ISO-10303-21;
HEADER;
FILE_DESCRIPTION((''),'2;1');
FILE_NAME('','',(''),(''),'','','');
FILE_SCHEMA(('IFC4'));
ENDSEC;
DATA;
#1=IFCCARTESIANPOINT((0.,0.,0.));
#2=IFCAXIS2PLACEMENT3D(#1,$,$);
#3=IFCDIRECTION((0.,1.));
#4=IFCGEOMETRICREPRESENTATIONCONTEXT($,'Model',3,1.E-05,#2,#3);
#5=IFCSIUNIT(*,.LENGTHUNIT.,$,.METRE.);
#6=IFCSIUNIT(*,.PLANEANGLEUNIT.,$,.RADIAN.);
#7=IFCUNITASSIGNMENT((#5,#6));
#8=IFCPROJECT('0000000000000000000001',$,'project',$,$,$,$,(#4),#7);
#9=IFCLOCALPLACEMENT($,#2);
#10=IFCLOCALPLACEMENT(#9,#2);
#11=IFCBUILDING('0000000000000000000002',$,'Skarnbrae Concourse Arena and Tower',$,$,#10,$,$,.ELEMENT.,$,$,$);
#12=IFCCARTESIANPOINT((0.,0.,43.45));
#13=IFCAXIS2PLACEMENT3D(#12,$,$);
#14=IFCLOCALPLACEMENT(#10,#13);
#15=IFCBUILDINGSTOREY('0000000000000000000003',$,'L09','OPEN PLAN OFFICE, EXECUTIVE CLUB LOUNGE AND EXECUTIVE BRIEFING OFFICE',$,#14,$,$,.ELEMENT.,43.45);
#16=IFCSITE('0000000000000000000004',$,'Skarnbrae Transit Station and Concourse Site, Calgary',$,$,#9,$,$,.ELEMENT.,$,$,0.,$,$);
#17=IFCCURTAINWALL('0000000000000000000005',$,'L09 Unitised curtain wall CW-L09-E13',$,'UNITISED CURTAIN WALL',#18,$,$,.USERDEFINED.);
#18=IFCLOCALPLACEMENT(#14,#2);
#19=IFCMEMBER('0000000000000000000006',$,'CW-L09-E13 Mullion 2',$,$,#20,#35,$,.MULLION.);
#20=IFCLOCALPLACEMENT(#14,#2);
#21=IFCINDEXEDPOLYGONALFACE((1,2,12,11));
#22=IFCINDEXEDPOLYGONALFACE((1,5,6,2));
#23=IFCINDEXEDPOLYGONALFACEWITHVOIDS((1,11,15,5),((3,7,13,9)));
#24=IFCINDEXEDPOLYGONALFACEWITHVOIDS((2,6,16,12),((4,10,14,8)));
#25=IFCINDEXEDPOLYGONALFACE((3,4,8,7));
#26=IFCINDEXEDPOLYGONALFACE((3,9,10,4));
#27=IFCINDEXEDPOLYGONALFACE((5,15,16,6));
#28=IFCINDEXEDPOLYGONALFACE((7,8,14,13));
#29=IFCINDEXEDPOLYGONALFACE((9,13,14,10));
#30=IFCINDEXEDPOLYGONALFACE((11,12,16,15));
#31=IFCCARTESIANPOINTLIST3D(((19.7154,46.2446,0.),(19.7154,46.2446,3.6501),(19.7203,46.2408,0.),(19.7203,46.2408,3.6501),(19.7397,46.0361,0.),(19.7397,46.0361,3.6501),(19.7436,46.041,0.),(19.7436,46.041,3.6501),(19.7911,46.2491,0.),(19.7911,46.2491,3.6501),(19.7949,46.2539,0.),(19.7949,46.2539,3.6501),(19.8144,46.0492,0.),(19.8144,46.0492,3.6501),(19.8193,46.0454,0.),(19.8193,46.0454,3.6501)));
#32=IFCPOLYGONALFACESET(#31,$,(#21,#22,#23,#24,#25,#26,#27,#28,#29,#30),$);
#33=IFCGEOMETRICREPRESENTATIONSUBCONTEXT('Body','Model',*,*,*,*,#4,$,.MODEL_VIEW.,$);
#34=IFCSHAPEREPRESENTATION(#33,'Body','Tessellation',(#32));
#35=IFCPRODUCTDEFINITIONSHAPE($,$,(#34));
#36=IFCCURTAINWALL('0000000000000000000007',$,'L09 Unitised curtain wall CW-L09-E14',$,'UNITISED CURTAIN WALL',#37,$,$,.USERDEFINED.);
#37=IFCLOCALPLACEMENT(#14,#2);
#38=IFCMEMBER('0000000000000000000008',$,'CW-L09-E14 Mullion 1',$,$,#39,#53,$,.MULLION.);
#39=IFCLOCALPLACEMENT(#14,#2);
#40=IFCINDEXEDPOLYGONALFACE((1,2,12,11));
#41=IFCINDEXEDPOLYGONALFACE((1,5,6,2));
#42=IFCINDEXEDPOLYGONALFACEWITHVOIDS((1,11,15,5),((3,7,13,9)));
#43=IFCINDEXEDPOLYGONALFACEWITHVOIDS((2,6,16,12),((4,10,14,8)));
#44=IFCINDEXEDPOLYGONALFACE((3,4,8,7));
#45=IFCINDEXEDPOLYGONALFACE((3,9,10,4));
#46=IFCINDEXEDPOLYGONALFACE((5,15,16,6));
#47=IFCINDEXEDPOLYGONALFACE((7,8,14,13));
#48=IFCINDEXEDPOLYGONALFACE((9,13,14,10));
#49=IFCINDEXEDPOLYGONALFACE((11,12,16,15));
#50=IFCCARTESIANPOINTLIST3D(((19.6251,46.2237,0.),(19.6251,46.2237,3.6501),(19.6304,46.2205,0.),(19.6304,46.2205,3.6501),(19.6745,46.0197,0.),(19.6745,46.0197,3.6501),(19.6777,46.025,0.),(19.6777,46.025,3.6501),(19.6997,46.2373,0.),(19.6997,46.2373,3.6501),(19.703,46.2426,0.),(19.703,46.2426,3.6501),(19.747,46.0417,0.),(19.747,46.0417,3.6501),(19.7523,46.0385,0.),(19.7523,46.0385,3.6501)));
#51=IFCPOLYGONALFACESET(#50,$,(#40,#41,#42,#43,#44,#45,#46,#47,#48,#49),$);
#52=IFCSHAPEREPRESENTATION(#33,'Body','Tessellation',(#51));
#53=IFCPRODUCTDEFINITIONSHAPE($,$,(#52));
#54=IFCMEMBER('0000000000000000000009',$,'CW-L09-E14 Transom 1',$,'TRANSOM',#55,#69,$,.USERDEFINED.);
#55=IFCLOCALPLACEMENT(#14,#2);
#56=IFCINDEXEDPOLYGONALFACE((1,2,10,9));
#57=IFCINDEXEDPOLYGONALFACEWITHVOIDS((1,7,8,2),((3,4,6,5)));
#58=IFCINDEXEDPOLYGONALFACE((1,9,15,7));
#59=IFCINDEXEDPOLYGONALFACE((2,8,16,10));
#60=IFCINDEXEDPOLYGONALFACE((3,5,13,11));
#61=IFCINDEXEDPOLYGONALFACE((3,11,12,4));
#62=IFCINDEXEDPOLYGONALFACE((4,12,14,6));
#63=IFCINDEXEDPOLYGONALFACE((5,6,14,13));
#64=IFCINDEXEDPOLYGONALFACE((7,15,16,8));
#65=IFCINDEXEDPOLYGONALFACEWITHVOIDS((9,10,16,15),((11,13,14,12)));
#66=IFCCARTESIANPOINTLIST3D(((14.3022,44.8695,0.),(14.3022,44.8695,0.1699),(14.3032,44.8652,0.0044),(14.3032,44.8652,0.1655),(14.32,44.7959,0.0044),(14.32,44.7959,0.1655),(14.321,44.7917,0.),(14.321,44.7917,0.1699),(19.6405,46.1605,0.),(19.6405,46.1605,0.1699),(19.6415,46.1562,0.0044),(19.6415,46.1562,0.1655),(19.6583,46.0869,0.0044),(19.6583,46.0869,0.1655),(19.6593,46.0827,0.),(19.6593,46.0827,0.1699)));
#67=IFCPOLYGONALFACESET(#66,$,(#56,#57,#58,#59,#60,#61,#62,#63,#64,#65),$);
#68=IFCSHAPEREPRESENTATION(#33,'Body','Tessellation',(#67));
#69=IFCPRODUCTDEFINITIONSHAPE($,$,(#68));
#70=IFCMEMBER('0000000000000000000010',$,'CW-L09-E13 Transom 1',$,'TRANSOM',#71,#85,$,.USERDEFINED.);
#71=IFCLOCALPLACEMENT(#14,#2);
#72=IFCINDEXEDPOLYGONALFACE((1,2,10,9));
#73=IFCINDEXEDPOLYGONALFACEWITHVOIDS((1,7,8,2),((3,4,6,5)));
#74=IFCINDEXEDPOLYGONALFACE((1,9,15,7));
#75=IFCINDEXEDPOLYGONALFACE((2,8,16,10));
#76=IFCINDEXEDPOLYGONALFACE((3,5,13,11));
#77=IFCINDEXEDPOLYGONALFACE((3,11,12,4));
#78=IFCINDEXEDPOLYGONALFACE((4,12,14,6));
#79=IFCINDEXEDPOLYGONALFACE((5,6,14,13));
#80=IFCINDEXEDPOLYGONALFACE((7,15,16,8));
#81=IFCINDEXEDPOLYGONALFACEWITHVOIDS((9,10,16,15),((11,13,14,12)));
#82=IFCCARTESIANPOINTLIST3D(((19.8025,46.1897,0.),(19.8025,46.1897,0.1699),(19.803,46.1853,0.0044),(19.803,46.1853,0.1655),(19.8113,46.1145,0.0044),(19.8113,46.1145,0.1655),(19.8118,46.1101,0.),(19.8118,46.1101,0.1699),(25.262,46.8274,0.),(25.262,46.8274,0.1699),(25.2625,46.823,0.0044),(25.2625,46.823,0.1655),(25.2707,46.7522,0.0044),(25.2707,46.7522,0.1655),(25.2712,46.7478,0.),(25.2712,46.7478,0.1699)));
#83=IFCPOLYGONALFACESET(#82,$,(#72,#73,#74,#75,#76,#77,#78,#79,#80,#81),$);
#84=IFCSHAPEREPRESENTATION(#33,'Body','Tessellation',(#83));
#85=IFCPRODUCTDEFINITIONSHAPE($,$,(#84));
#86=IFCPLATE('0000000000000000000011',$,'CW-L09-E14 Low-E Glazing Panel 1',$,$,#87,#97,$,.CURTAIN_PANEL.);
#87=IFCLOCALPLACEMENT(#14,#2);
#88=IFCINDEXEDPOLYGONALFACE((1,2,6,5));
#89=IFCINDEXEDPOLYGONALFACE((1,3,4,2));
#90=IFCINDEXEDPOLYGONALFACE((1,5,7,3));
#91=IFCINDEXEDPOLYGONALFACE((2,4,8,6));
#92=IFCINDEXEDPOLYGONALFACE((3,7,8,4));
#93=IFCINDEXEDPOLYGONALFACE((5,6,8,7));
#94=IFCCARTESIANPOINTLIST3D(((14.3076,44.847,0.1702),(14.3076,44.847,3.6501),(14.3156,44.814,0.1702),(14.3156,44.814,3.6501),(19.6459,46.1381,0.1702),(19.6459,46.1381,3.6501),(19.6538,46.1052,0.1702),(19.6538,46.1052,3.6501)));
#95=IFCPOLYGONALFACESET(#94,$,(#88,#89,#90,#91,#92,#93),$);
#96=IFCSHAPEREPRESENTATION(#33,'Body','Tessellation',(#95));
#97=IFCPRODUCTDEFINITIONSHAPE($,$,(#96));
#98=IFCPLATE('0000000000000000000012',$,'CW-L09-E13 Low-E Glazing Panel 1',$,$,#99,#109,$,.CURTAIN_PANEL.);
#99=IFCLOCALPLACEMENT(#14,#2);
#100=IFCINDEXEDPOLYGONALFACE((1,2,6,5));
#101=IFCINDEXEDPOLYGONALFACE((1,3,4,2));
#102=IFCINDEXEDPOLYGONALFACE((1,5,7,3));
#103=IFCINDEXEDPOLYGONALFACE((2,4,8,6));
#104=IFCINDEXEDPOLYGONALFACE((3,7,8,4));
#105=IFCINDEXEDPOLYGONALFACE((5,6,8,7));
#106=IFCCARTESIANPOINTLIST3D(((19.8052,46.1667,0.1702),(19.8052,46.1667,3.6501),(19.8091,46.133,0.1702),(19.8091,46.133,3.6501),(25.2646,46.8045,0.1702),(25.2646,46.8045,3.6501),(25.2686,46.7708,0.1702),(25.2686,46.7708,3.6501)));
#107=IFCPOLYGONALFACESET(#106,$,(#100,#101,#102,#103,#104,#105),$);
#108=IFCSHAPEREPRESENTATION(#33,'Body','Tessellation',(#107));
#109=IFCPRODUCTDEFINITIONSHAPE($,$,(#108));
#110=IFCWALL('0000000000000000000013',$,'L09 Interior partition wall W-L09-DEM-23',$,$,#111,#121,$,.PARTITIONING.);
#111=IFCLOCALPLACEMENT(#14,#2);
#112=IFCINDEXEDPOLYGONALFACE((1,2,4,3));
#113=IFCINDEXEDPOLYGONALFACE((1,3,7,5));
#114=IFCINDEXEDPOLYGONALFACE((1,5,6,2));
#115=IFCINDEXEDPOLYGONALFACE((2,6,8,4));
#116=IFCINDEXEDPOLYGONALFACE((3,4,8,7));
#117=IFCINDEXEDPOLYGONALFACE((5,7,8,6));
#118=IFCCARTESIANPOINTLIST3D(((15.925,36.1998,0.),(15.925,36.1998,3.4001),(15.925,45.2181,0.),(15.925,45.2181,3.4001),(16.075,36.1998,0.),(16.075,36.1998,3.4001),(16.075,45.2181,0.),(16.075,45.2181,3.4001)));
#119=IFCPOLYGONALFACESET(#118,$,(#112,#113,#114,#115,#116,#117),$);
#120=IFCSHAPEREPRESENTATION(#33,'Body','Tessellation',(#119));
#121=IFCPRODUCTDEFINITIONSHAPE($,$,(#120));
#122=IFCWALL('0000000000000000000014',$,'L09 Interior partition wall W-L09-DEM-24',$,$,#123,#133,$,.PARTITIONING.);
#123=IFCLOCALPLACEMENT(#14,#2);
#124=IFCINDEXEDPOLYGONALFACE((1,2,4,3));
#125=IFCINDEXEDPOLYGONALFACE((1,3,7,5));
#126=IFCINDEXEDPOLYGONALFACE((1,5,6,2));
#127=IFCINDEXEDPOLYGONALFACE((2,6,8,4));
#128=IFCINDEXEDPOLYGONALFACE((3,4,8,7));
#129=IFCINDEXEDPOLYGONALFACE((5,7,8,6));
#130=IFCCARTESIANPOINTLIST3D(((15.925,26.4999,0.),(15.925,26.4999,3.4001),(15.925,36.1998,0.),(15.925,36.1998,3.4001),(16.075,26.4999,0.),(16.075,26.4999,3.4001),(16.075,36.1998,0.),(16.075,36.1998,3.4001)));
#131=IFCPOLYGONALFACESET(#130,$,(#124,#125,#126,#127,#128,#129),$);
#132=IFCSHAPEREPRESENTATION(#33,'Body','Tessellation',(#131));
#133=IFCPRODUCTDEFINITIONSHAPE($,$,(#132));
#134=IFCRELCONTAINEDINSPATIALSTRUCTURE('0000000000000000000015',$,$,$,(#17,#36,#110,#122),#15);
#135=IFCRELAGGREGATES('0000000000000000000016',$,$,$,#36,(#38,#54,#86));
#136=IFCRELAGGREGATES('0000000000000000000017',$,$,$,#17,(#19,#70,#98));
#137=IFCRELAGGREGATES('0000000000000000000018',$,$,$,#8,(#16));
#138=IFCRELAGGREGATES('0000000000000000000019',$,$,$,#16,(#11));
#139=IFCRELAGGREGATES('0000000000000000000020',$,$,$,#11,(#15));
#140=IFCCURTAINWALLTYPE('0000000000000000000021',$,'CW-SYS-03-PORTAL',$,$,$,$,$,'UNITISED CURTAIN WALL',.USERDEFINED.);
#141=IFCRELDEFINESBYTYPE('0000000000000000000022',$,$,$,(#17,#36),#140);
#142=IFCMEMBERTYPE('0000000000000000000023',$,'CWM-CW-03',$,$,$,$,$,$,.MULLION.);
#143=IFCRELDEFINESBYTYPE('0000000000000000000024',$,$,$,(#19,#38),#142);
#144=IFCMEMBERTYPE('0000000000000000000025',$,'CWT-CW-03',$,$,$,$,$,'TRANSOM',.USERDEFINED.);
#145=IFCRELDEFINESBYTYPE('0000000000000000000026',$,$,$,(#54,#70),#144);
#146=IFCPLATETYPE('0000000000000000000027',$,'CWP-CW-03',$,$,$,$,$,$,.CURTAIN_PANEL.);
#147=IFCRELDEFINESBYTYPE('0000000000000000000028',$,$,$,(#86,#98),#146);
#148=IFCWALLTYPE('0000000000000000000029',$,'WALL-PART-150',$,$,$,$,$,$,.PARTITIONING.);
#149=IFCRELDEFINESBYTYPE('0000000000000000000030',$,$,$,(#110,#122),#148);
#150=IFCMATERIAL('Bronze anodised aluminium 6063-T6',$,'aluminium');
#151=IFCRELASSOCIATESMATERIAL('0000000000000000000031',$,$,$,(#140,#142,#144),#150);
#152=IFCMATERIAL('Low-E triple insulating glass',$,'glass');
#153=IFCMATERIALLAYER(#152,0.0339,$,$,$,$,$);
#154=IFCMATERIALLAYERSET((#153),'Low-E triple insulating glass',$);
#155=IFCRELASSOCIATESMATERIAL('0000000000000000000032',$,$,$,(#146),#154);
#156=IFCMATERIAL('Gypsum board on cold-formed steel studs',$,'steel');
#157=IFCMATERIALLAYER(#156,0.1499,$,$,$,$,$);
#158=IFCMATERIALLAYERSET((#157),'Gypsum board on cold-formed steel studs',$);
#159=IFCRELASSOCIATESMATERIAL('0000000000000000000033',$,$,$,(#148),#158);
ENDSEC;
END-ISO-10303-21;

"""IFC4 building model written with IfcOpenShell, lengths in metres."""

from ifc_helpers import new_model, si_unit, direction, frame, frame_2d, origin, origin_2d, place, context, subcontext, project, spatial, rectangle, hollow_rectangle, extrude, source, transform, mapped, material, layer, layer_set, material_profile, profile_set, type_object, element, aggregate, save


model = new_model("IFC4")

# Units and contexts
model_context = context("Model", 3, precision=1e-05, world=origin(), true_north=direction((0.0, 1.0)))
body_context = subcontext(model_context, "Body", "Model", "MODEL_VIEW")
ifc_project = project(units=[si_unit("LENGTHUNIT", "METRE"), si_unit("PLANEANGLEUNIT", "RADIAN")], contexts=[model_context])

# Site, building, storey
site_placement = place(None, origin())
site = spatial("IfcSite", under=ifc_project, at=site_placement, Name="Skarnbrae Transit Station and Concourse Site, Calgary", CompositionType="ELEMENT", RefElevation=0.0)
building_placement = place(site_placement, origin())
building = spatial("IfcBuilding", under=site, at=building_placement, Name="Skarnbrae Concourse Arena and Tower", CompositionType="ELEMENT")
storey_placement = place(building_placement, frame((0.0, 0.0, 43.45)))
storey = spatial("IfcBuildingStorey", under=building, at=storey_placement, Name="L09", Description="OPEN PLAN OFFICE, EXECUTIVE CLUB LOUNGE AND EXECUTIVE BRIEFING OFFICE", CompositionType="ELEMENT", Elevation=43.45)

# Shared definitions
ifc_material_1 = material(Name="Bronze anodised aluminium 6063-T6", Category="aluminium")
curtain_wall_type = type_object("IfcCurtainWallType", Name="CW-SYS-03-PORTAL", ElementType="UNITISED CURTAIN WALL", PredefinedType="USERDEFINED", material=ifc_material_1)
ifc_material_profile_1 = material_profile(ifc_material_1, hollow_rectangle(XDim=0.0801, YDim=0.21, WallThickness=0.0044, at=origin_2d()), Name="ALU-MULL-80X210")
ifc_profile_set_1 = profile_set([ifc_material_profile_1], Name="Bronze anodised aluminium 6063-T6")
member_type_1 = type_object("IfcMemberType", Name="CWM-CW-03", PredefinedType="MULLION", material=ifc_profile_set_1)
shared_shape_1 = source(origin(), body_context, "Body", "SweptSolid", [
    extrude(hollow_rectangle(XDim=0.0801, YDim=0.21, WallThickness=0.0044, at=origin_2d()), origin(), (0.0, 0.0, 1.0), 3.6501),
])

# Curtain walls, members
curtain_wall_1_placement = place(storey_placement, origin())
curtain_wall_1 = element("IfcCurtainWall", 1, at=curtain_wall_1_placement, inside=storey, type_object=curtain_wall_type, Name="L09 Unitised curtain wall CW-L09-E13", ObjectType="UNITISED CURTAIN WALL", PredefinedType="USERDEFINED")
member_1_placement = place(storey_placement, frame((19.7673, 46.145, 0.0), z_axis=(0.0, 0.0, 1.0), x_axis=(-0.993245, -0.11604, 0.0)))
member_1 = element("IfcMember", 2, at=member_1_placement, type_object=member_type_1, Name="CW-L09-E13 Mullion 2", PredefinedType="MULLION", context=body_context, shape_type="MappedRepresentation", body=[
    mapped(shared_shape_1, transform((0.0, 0.0, 0.0))),
])
curtain_wall_2_placement = place(storey_placement, origin())
curtain_wall_2 = element("IfcCurtainWall", 3, at=curtain_wall_2_placement, inside=storey, type_object=curtain_wall_type, Name="L09 Unitised curtain wall CW-L09-E14", ObjectType="UNITISED CURTAIN WALL", PredefinedType="USERDEFINED")
member_2_placement = place(storey_placement, frame((19.6887, 46.1311, 0.0), z_axis=(0.0, 0.0, 1.0), x_axis=(-0.971974, -0.23509, 0.0)))
member_2 = element("IfcMember", 4, at=member_2_placement, type_object=member_type_1, Name="CW-L09-E14 Mullion 1", PredefinedType="MULLION", context=body_context, shape_type="MappedRepresentation", body=[
    mapped(shared_shape_1, transform((0.0, 0.0, 0.0))),
])
ifc_material_profile_2 = material_profile(ifc_material_1, hollow_rectangle(XDim=0.0801, YDim=0.1699, WallThickness=0.0044, at=origin_2d()), Name="ALU-TRAN-80X170")
ifc_profile_set_2 = profile_set([ifc_material_profile_2], Name="Bronze anodised aluminium 6063-T6")
member_type_2 = type_object("IfcMemberType", Name="CWT-CW-03", ElementType="TRANSOM", PredefinedType="USERDEFINED", material=ifc_profile_set_2)
shared_shape_2 = source(origin(), body_context, "Body", "SweptSolid", [
    extrude(hollow_rectangle(XDim=0.0801, YDim=0.1699, WallThickness=0.0044, at=origin_2d()), origin(), (0.0, 0.0, 1.0), 5.4922),
])
member_3_placement = place(storey_placement, frame((19.6499, 46.1216, 0.085), z_axis=(-0.971981, -0.235061, 0.0), x_axis=(0.235061, -0.971981, 0.0)))
member_3 = element("IfcMember", 5, at=member_3_placement, type_object=member_type_2, Name="CW-L09-E14 Transom 1", ObjectType="TRANSOM", PredefinedType="USERDEFINED", context=body_context, shape_type="MappedRepresentation", body=[
    mapped(shared_shape_2, transform((0.0, 0.0, 0.0))),
])

# Member
shared_shape_3 = source(origin(), body_context, "Body", "SweptSolid", [
    extrude(hollow_rectangle(XDim=0.0801, YDim=0.1699, WallThickness=0.0044, at=origin_2d()), origin(), (0.0, 0.0, 1.0), 5.4966),
])
member_4_placement = place(storey_placement, frame((25.2666, 46.7876, 0.085), z_axis=(-0.993247, -0.116017, 0.0), x_axis=(0.116017, -0.993247, 0.0)))
member_4 = element("IfcMember", 6, at=member_4_placement, type_object=member_type_2, Name="CW-L09-E13 Transom 1", ObjectType="TRANSOM", PredefinedType="USERDEFINED", context=body_context, shape_type="MappedRepresentation", body=[
    mapped(shared_shape_3, transform((0.0, 0.0, 0.0))),
])

# Plates
ifc_material_2 = material(Name="Low-E triple insulating glass", Category="glass")
ifc_layer_1 = layer(ifc_material_2, 0.0339)
ifc_layer_set_1 = layer_set([ifc_layer_1], Name="Low-E triple insulating glass")
plate_type = type_object("IfcPlateType", Name="CWP-CW-03", PredefinedType="CURTAIN_PANEL", material=ifc_layer_set_1)
shared_shape_4 = source(origin(), body_context, "Body", "SweptSolid", [
    extrude(rectangle(XDim=5.4922, YDim=0.0339, at=origin_2d()), origin(), (0.0, 0.0, 1.0), 3.48),
])
plate_1_placement = place(storey_placement, frame((16.9807, 45.4761, 0.1702), z_axis=(0.0, 0.0, 1.0), x_axis=(-0.971974, -0.23509, 0.0)))
plate_1 = element("IfcPlate", 7, at=plate_1_placement, type_object=plate_type, Name="CW-L09-E14 Low-E Glazing Panel 1", PredefinedType="CURTAIN_PANEL", context=body_context, shape_type="MappedRepresentation", body=[
    mapped(shared_shape_4, transform((0.0, 0.0, 0.0))),
])
aggregate(curtain_wall_2, [member_2, member_3, plate_1])
shared_shape_5 = source(origin(), body_context, "Body", "SweptSolid", [
    extrude(rectangle(XDim=5.4966, YDim=0.0339, at=origin_2d()), origin(), (0.0, 0.0, 1.0), 3.48),
])
plate_2_placement = place(storey_placement, frame((22.5369, 46.4688, 0.1702), z_axis=(0.0, 0.0, 1.0), x_axis=(-0.993245, -0.11604, 0.0)))
plate_2 = element("IfcPlate", 8, at=plate_2_placement, type_object=plate_type, Name="CW-L09-E13 Low-E Glazing Panel 1", PredefinedType="CURTAIN_PANEL", context=body_context, shape_type="MappedRepresentation", body=[
    mapped(shared_shape_5, transform((0.0, 0.0, 0.0))),
])
aggregate(curtain_wall_1, [member_1, member_4, plate_2])

# Walls
ifc_material_3 = material(Name="Gypsum board on cold-formed steel studs", Category="steel")
ifc_layer_2 = layer(ifc_material_3, 0.1499)
ifc_layer_set_2 = layer_set([ifc_layer_2], Name="Gypsum board on cold-formed steel studs")
wall_type = type_object("IfcWallType", Name="WALL-PART-150", PredefinedType="PARTITIONING", material=ifc_layer_set_2)
shared_shape_6 = source(origin(), body_context, "Body", "SweptSolid", [
    extrude(rectangle(XDim=9.0183, YDim=0.1499, at=frame_2d((4.5093, 0.0))), origin(), (0.0, 0.0, 1.0), 3.4001),
])
wall_1_placement = place(storey_placement, frame((16.0, 45.2183, 0.0), z_axis=(0.0, 0.0, 1.0), x_axis=(0.0, -1.0, 0.0)))
element("IfcWall", 9, at=wall_1_placement, inside=storey, type_object=wall_type, Name="L09 Interior partition wall W-L09-DEM-23", PredefinedType="PARTITIONING", context=body_context, shape_type="MappedRepresentation", body=[
    mapped(shared_shape_6, transform((0.0, 0.0, 0.0))),
])
shared_shape_7 = source(origin(), body_context, "Body", "SweptSolid", [
    extrude(rectangle(XDim=9.7, YDim=0.1499, at=frame_2d((4.8501, 0.0))), origin(), (0.0, 0.0, 1.0), 3.4001),
])
wall_2_placement = place(storey_placement, frame((16.0, 36.2, 0.0), z_axis=(0.0, 0.0, 1.0), x_axis=(0.0, -1.0, 0.0)))
element("IfcWall", 10, at=wall_2_placement, inside=storey, type_object=wall_type, Name="L09 Interior partition wall W-L09-DEM-24", PredefinedType="PARTITIONING", context=body_context, shape_type="MappedRepresentation", body=[
    mapped(shared_shape_7, transform((0.0, 0.0, 0.0))),
])

save(model, "model.ifc")
